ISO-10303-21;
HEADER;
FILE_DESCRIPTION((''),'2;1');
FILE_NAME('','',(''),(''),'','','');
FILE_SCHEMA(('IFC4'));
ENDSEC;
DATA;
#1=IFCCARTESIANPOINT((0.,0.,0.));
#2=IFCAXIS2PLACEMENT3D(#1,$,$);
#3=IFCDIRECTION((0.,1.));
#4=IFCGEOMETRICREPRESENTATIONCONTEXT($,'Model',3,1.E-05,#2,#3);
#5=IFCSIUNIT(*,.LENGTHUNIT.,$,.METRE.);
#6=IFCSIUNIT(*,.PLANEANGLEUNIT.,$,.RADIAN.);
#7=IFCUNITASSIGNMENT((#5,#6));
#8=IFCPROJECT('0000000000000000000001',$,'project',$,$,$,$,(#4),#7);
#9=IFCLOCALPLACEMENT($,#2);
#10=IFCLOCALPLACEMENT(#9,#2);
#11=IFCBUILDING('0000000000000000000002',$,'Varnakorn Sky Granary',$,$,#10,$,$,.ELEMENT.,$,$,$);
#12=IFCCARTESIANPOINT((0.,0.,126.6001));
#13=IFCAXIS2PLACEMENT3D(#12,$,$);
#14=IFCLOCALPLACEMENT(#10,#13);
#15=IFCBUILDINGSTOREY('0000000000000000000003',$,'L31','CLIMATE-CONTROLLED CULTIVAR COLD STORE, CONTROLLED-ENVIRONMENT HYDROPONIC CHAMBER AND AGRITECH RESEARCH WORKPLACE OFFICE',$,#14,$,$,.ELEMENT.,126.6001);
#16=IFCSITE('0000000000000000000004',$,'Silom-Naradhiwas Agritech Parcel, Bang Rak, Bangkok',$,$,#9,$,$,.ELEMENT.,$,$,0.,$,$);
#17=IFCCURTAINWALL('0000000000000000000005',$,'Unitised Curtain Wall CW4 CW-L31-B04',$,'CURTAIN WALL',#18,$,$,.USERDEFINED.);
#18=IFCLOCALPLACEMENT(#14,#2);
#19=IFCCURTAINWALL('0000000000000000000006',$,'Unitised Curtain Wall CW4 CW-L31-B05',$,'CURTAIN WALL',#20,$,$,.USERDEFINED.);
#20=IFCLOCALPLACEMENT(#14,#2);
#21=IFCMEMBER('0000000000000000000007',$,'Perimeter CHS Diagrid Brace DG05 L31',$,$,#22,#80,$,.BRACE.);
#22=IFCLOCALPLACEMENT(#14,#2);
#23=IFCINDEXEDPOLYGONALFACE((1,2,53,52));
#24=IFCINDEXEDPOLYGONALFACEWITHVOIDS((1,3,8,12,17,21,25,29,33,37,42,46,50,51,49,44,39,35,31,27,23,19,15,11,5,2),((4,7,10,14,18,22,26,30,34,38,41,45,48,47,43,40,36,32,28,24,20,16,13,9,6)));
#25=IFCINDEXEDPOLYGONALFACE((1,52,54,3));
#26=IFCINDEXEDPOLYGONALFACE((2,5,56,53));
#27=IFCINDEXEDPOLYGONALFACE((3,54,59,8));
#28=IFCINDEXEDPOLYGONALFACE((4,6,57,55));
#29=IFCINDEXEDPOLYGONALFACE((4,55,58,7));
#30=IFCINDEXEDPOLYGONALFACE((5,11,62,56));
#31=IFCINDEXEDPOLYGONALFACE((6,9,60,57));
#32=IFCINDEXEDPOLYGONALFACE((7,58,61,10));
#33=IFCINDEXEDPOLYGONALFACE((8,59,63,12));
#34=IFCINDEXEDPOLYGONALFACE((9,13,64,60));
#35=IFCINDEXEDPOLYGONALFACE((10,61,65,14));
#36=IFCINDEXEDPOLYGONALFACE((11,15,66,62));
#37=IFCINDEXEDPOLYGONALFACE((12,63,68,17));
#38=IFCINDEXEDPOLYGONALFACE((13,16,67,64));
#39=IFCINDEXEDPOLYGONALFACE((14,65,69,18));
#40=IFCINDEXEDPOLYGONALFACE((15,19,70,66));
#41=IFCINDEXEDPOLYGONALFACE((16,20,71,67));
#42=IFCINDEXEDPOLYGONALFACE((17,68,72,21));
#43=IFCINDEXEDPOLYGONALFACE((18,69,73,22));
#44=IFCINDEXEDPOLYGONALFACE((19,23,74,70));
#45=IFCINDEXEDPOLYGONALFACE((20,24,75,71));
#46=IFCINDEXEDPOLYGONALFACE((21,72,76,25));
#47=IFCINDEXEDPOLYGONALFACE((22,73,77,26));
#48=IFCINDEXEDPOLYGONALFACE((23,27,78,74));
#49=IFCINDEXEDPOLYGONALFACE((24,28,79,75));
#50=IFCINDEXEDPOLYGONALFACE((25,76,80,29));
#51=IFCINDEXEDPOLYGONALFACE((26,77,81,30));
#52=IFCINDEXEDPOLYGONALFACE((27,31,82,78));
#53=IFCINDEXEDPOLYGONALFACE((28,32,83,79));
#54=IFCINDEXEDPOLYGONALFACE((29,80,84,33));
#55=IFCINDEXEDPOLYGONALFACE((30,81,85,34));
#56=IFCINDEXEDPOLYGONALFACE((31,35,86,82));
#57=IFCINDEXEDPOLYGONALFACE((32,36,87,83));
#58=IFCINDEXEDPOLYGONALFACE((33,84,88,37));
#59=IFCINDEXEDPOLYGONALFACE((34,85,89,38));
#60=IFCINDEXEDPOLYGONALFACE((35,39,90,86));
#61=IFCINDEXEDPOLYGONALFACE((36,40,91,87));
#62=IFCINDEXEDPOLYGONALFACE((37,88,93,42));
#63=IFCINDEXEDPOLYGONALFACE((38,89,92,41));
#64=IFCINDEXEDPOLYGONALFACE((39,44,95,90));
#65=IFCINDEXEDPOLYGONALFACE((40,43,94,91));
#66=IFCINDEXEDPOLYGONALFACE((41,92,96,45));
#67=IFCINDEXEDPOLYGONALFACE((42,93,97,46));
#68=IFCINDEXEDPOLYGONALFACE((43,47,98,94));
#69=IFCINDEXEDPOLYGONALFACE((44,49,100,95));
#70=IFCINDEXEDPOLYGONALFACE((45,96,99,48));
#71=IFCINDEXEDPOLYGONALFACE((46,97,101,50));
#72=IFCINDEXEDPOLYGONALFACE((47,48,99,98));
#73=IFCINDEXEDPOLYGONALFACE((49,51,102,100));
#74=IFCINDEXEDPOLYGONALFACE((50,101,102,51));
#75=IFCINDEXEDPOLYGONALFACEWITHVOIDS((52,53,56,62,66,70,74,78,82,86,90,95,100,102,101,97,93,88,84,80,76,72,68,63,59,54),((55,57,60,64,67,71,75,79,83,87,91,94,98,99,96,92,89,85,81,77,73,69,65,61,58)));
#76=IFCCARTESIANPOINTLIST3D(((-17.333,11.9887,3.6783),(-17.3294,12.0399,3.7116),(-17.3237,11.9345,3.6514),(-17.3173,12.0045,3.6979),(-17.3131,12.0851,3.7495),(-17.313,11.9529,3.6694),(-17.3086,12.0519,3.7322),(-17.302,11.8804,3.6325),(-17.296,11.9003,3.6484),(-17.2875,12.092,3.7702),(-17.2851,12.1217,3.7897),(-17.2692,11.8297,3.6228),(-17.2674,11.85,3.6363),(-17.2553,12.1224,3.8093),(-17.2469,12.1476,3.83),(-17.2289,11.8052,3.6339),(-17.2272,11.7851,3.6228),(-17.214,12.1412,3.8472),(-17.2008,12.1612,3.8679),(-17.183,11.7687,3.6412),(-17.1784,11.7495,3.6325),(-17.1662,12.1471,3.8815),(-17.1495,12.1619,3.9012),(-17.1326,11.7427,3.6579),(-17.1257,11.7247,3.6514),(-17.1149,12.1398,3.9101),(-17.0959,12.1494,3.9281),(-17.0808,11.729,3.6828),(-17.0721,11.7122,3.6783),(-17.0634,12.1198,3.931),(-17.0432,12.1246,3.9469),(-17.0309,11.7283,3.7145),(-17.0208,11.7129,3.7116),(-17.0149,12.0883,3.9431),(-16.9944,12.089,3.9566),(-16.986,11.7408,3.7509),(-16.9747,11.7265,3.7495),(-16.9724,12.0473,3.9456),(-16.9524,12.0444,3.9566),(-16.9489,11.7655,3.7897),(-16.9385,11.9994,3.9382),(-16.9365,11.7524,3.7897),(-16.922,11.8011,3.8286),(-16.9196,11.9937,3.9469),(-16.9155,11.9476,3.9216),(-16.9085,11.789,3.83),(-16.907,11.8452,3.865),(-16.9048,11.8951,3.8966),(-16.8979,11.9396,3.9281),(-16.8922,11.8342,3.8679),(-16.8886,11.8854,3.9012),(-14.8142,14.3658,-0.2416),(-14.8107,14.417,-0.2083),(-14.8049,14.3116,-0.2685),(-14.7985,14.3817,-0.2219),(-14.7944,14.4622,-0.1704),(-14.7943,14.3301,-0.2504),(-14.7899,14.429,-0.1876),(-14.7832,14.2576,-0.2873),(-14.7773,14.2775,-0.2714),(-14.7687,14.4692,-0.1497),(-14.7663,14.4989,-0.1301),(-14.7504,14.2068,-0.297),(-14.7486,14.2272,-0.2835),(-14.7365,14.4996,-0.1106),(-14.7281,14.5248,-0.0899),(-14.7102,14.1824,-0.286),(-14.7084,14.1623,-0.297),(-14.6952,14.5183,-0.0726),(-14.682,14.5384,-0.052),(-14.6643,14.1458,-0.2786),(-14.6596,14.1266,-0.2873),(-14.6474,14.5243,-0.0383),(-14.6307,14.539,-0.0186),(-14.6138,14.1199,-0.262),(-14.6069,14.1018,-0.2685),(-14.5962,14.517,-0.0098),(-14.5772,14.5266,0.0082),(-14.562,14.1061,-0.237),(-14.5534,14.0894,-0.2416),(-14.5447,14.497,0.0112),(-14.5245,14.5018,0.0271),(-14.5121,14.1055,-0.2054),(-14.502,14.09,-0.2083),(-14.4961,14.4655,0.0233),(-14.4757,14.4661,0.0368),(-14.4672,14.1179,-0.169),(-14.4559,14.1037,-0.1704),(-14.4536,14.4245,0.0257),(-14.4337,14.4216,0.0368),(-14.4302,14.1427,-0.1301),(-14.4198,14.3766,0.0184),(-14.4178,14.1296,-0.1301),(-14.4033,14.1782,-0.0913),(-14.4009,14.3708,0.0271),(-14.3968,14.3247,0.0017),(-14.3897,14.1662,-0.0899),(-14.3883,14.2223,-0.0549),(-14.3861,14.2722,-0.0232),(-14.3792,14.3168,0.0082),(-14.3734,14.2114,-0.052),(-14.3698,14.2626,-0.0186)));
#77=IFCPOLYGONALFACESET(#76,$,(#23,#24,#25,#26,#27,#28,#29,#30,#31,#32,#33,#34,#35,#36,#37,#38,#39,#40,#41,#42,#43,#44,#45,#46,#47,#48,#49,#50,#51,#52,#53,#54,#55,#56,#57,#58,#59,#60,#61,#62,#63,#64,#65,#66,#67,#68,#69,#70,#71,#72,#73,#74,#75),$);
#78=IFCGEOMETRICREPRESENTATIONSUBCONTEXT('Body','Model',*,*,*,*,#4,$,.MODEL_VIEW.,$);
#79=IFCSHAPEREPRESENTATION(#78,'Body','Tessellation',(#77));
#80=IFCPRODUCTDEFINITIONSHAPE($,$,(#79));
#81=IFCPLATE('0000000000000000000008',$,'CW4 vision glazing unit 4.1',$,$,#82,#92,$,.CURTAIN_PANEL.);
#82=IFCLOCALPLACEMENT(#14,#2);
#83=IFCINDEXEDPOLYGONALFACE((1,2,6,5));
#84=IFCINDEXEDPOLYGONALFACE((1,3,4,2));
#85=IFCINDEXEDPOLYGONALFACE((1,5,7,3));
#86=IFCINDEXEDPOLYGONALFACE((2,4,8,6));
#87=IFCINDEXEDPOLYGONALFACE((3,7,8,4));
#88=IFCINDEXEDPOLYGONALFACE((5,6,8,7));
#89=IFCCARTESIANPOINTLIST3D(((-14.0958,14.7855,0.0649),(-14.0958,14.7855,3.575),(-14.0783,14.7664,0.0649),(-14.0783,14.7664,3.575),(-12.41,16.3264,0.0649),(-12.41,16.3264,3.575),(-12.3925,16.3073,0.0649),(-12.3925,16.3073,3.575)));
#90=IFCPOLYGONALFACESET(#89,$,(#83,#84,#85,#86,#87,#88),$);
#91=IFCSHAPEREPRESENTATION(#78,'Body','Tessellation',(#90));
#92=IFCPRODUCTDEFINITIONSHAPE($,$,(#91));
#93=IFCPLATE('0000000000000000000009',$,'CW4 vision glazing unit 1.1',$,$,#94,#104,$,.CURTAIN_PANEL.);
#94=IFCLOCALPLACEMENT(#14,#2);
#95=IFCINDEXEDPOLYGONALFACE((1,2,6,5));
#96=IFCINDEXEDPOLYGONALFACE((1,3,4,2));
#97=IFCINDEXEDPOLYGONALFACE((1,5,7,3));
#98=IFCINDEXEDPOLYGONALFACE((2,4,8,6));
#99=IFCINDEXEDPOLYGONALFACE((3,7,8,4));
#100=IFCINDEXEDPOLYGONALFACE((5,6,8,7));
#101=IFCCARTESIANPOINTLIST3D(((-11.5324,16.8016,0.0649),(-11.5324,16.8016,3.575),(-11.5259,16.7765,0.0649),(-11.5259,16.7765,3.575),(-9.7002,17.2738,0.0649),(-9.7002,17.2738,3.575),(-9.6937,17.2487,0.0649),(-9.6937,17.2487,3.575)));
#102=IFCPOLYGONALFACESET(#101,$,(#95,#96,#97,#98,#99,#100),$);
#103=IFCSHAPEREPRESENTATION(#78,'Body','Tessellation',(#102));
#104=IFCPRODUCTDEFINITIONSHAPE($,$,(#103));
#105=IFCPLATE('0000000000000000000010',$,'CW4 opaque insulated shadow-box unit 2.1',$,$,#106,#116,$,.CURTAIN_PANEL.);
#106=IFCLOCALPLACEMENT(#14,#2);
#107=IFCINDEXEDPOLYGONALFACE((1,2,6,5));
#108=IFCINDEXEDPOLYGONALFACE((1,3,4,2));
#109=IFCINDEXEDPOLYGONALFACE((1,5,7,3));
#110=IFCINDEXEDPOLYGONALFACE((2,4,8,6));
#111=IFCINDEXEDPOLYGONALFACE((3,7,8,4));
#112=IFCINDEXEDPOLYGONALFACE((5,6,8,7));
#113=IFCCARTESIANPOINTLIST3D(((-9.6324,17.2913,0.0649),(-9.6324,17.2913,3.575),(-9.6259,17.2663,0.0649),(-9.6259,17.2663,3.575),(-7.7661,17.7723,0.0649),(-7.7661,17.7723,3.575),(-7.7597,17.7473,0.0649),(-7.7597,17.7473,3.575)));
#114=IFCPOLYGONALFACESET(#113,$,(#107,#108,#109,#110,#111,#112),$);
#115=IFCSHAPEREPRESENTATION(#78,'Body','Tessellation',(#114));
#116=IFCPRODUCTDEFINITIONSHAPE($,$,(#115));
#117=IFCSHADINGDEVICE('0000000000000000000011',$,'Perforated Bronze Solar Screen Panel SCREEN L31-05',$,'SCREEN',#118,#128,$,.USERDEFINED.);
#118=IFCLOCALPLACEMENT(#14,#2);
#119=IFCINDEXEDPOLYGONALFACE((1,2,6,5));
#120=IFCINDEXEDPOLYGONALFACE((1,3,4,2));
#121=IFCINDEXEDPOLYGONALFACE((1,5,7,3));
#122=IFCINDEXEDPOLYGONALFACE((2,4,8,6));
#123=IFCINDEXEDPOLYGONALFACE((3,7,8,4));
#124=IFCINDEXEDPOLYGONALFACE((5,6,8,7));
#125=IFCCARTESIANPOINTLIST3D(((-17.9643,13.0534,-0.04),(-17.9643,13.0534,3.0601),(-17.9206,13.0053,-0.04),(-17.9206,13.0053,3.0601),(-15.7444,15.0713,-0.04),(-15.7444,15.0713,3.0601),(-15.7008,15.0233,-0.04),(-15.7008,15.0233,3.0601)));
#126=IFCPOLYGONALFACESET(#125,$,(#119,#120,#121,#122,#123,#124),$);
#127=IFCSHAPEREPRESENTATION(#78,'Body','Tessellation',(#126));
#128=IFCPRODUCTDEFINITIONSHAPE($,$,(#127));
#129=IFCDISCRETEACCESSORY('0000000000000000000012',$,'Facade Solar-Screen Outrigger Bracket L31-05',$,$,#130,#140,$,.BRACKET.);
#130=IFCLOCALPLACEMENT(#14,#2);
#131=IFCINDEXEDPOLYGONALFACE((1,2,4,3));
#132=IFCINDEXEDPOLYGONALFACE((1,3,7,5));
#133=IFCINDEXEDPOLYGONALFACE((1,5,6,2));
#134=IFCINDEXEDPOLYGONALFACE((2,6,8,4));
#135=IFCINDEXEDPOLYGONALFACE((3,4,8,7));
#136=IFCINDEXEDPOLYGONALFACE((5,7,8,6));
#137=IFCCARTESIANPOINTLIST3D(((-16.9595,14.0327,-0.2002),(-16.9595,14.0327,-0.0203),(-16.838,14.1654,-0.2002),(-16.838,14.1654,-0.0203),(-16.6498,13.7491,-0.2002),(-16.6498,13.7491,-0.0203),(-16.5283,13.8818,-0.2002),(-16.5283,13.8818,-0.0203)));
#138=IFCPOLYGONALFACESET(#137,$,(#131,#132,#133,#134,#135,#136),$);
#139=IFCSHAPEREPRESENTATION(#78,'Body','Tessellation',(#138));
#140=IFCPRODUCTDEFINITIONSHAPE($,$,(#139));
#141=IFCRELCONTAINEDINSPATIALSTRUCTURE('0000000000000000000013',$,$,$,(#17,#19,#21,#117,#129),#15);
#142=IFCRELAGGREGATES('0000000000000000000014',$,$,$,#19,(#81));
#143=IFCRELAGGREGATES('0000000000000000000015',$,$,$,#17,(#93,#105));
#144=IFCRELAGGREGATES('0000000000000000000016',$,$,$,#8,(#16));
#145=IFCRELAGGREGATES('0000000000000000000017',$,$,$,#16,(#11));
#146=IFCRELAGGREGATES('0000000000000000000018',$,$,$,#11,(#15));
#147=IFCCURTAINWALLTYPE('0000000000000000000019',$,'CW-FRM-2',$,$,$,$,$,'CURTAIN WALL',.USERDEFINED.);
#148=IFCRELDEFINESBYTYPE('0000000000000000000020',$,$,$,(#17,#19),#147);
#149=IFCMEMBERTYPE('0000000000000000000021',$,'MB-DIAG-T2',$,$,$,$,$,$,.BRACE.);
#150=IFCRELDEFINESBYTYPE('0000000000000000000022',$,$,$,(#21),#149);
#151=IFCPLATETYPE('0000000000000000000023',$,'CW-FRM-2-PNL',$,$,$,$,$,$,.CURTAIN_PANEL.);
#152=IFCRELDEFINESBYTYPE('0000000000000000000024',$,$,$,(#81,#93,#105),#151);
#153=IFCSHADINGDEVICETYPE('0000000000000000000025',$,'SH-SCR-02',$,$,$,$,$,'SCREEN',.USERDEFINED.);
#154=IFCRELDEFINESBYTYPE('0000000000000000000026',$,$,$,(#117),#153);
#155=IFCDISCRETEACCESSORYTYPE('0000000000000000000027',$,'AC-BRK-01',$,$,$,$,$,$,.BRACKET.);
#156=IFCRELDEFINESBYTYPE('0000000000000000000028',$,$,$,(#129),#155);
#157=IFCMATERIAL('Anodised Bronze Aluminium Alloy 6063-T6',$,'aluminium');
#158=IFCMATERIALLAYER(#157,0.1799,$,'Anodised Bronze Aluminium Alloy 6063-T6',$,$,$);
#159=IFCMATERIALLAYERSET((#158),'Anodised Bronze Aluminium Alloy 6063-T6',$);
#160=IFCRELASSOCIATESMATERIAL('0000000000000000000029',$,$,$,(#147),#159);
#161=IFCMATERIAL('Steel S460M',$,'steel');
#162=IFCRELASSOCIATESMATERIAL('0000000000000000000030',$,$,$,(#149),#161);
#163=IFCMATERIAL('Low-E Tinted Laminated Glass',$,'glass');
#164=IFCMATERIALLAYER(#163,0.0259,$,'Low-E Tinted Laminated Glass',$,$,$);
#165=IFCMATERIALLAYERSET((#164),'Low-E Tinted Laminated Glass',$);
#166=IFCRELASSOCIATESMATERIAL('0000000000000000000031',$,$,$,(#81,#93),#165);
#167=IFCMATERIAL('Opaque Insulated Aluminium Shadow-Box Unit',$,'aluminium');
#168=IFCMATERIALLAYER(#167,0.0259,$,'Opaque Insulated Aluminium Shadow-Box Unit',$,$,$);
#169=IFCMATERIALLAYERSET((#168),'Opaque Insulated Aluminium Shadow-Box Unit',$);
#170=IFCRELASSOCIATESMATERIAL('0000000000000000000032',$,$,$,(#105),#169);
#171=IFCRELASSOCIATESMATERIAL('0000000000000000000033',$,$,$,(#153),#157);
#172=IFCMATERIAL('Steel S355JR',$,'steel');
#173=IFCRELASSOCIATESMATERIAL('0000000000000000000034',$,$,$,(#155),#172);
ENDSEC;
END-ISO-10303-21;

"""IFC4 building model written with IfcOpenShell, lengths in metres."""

from ifc_helpers import new_model, si_unit, direction, frame, origin, origin_2d, place, context, subcontext, project, spatial, rectangle, hollow_circle, extrude, source, transform, mapped, material, layer, layer_set, material_profile, profile_set, type_object, type_shapes, element, aggregate, save


model = new_model("IFC4")

# Units and contexts
model_context = context("Model", 3, precision=1e-05, world=origin(), true_north=direction((0.0, 1.0)))
body_context = subcontext(model_context, "Body", "Model", "MODEL_VIEW")
ifc_project = project(units=[si_unit("LENGTHUNIT", "METRE"), si_unit("PLANEANGLEUNIT", "RADIAN")], contexts=[model_context])

# Site, building, storey
site_placement = place(None, origin())
site = spatial("IfcSite", under=ifc_project, at=site_placement, Name="Silom-Naradhiwas Agritech Parcel, Bang Rak, Bangkok", CompositionType="ELEMENT", RefElevation=0.0)
building_placement = place(site_placement, origin())
building = spatial("IfcBuilding", under=site, at=building_placement, Name="Varnakorn Sky Granary", CompositionType="ELEMENT")
storey_placement = place(building_placement, frame((0.0, 0.0, 126.6001)))
storey = spatial("IfcBuildingStorey", under=building, at=storey_placement, Name="L31", Description="CLIMATE-CONTROLLED CULTIVAR COLD STORE, CONTROLLED-ENVIRONMENT HYDROPONIC CHAMBER AND AGRITECH RESEARCH WORKPLACE OFFICE", CompositionType="ELEMENT", Elevation=126.6001)

# Shared definitions
ifc_material_1 = material(Name="Steel S460M", Category="steel")

# Shared definitions
ifc_material_2 = material(Name="Steel S355JR", Category="steel")

# Curtain walls
ifc_material_3 = material(Name="Anodised Bronze Aluminium Alloy 6063-T6", Category="aluminium")
ifc_layer_1 = layer(ifc_material_3, 0.1799, Name="Anodised Bronze Aluminium Alloy 6063-T6")
ifc_layer_set_1 = layer_set([ifc_layer_1], Name="Anodised Bronze Aluminium Alloy 6063-T6")
curtain_wall_type = type_object("IfcCurtainWallType", Name="CW-FRM-2", ElementType="CURTAIN WALL", PredefinedType="USERDEFINED", material=ifc_layer_set_1)
curtain_wall_1_placement = place(storey_placement, origin())
curtain_wall_1 = element("IfcCurtainWall", 1, at=curtain_wall_1_placement, inside=storey, type_object=curtain_wall_type, Name="Unitised Curtain Wall CW4 CW-L31-B04", ObjectType="CURTAIN WALL", PredefinedType="USERDEFINED")
curtain_wall_2_placement = place(storey_placement, origin())
curtain_wall_2 = element("IfcCurtainWall", 2, at=curtain_wall_2_placement, inside=storey, type_object=curtain_wall_type, Name="Unitised Curtain Wall CW4 CW-L31-B05", ObjectType="CURTAIN WALL", PredefinedType="USERDEFINED")

# Member
ifc_material_profile_1 = material_profile(ifc_material_1, hollow_circle(Radius=0.2539, WallThickness=0.0181, at=origin_2d()), Name="CHS 508x18")
ifc_profile_set_1 = profile_set([ifc_material_profile_1], Name="Steel S460M")
member_type_1 = type_object("IfcMemberType", Name="MB-DIAG-T2", PredefinedType="BRACE", material=ifc_profile_set_1)
member_1_placement = place(storey_placement, frame((-14.592, 14.3142, -0.1301), z_axis=(-0.481533, -0.454462, 0.749393), x_axis=(0.686369, -0.727254, 0.0)))
element("IfcMember", 3, at=member_1_placement, inside=storey, type_object=member_type_1, Name="Perimeter CHS Diagrid Brace DG05 L31", PredefinedType="BRACE", context=body_context, shape_type="SweptSolid", body=[
    extrude(hollow_circle(Radius=0.2539, WallThickness=0.0181, at=origin_2d()), origin(), (0.0, 0.0, 1.0), 5.2307),
])

# Plates
ifc_material_4 = material(Name="Low-E Tinted Laminated Glass", Category="glass")
ifc_layer_2 = layer(ifc_material_4, 0.0259, Name="Low-E Tinted Laminated Glass")
ifc_layer_set_2 = layer_set([ifc_layer_2], Name="Low-E Tinted Laminated Glass")
plate_type = type_object("IfcPlateType", Name="CW-FRM-2-PNL", PredefinedType="CURTAIN_PANEL")
shared_shape_1 = source(origin(), body_context, "Body", "SweptSolid", [
    extrude(rectangle(XDim=2.2839, YDim=0.0259, at=origin_2d()), origin(), (0.0, 0.0, 1.0), 3.51),
])
plate_1_placement = place(storey_placement, frame((-13.2441, 15.5464, 0.0649), z_axis=(0.0, 0.0, 1.0), x_axis=(0.73811, 0.674681, 0.0)))
plate_1 = element("IfcPlate", 4, at=plate_1_placement, type_object=plate_type, material=ifc_layer_set_2, Name="CW4 vision glazing unit 4.1", PredefinedType="CURTAIN_PANEL", context=body_context, shape_type="MappedRepresentation", body=[
    mapped(shared_shape_1, transform((0.0, 0.0, 0.0), x_axis=(1.0, 0.0, 0.0), y_axis=(0.0, 1.0, 0.0), z_axis=(0.0, 0.0, 1.0), scale=1.0)),
])
aggregate(curtain_wall_2, [plate_1])
shared_shape_2 = source(origin(), body_context, "Body", "SweptSolid", [
    extrude(rectangle(XDim=1.8921, YDim=0.0259, at=origin_2d()), origin(), (0.0, 0.0, 1.0), 3.51),
])
plate_2_placement = place(storey_placement, frame((-10.613, 17.0251, 0.0649), z_axis=(0.0, 0.0, 1.0), x_axis=(0.968354, 0.249579, 0.0)))
plate_2 = element("IfcPlate", 5, at=plate_2_placement, type_object=plate_type, material=ifc_layer_set_2, Name="CW4 vision glazing unit 1.1", PredefinedType="CURTAIN_PANEL", context=body_context, shape_type="MappedRepresentation", body=[
    mapped(shared_shape_2, transform((0.0, 0.0, 0.0), x_axis=(1.0, 0.0, 0.0), y_axis=(0.0, 1.0, 0.0), z_axis=(0.0, 0.0, 1.0), scale=1.0)),
])
ifc_material_5 = material(Name="Opaque Insulated Aluminium Shadow-Box Unit", Category="aluminium")
ifc_layer_3 = layer(ifc_material_5, 0.0259, Name="Opaque Insulated Aluminium Shadow-Box Unit")
ifc_layer_set_3 = layer_set([ifc_layer_3], Name="Opaque Insulated Aluminium Shadow-Box Unit")
shared_shape_3 = source(origin(), body_context, "Body", "SweptSolid", [
    extrude(rectangle(XDim=1.9272, YDim=0.0259, at=origin_2d()), origin(), (0.0, 0.0, 1.0), 3.51),
])
type_shapes(plate_type, [shared_shape_1, shared_shape_2, shared_shape_3])
plate_3_placement = place(storey_placement, frame((-8.696, 17.5193, 0.0649), z_axis=(0.0, 0.0, 1.0), x_axis=(0.968354, 0.249579, 0.0)))
plate_3 = element("IfcPlate", 6, at=plate_3_placement, type_object=plate_type, material=ifc_layer_set_3, Name="CW4 opaque insulated shadow-box unit 2.1", PredefinedType="CURTAIN_PANEL", context=body_context, shape_type="MappedRepresentation", body=[
    mapped(shared_shape_3, transform((0.0, 0.0, 0.0), x_axis=(1.0, 0.0, 0.0), y_axis=(0.0, 1.0, 0.0), z_axis=(0.0, 0.0, 1.0), scale=1.0)),
])
aggregate(curtain_wall_1, [plate_2, plate_3])

# Shading device
shading_device_type = type_object("IfcShadingDeviceType", Name="SH-SCR-02", ElementType="SCREEN", PredefinedType="USERDEFINED", material=ifc_material_3)
shared_shape_4 = source(origin(), body_context, "Body", "SweptSolid", [
    extrude(rectangle(XDim=3.0, YDim=0.0649, at=origin_2d()), origin(), (0.0, 0.0, 1.0), 3.1001),
])
type_shapes(shading_device_type, [shared_shape_4])
shading_device_placement = place(storey_placement, frame((-16.8325, 14.0383, -0.04), z_axis=(0.0, 0.0, 1.0), x_axis=(-0.739951, -0.672661, 0.0)))
element("IfcShadingDevice", 7, at=shading_device_placement, inside=storey, type_object=shading_device_type, Name="Perforated Bronze Solar Screen Panel SCREEN L31-05", ObjectType="SCREEN", PredefinedType="USERDEFINED", context=body_context, shape_type="MappedRepresentation", body=[
    mapped(shared_shape_4, transform((0.0, 0.0, 0.0), x_axis=(1.0, 0.0, 0.0), y_axis=(0.0, 1.0, 0.0), z_axis=(0.0, 0.0, 1.0), scale=1.0)),
])

# Discrete accessory
discrete_accessory_type = type_object("IfcDiscreteAccessoryType", Name="AC-BRK-01", PredefinedType="BRACKET", material=ifc_material_2)
shared_shape_5 = source(origin(), body_context, "Body", "SweptSolid", [
    extrude(rectangle(XDim=0.1799, YDim=0.4199, at=origin_2d()), origin(), (0.0, 0.0, 1.0), 0.1799),
])
type_shapes(discrete_accessory_type, [shared_shape_5])
discrete_accessory_placement = place(storey_placement, frame((-16.7439, 13.9573, -0.2002), z_axis=(0.0, 0.0, 1.0), x_axis=(-0.675297, -0.737546, 0.0)))
element("IfcDiscreteAccessory", 8, at=discrete_accessory_placement, inside=storey, type_object=discrete_accessory_type, Name="Facade Solar-Screen Outrigger Bracket L31-05", PredefinedType="BRACKET", context=body_context, shape_type="MappedRepresentation", body=[
    mapped(shared_shape_5, transform((0.0, 0.0, 0.0), x_axis=(1.0, 0.0, 0.0), y_axis=(0.0, 1.0, 0.0), z_axis=(0.0, 0.0, 1.0), scale=1.0)),
])

save(model, "model.ifc")
